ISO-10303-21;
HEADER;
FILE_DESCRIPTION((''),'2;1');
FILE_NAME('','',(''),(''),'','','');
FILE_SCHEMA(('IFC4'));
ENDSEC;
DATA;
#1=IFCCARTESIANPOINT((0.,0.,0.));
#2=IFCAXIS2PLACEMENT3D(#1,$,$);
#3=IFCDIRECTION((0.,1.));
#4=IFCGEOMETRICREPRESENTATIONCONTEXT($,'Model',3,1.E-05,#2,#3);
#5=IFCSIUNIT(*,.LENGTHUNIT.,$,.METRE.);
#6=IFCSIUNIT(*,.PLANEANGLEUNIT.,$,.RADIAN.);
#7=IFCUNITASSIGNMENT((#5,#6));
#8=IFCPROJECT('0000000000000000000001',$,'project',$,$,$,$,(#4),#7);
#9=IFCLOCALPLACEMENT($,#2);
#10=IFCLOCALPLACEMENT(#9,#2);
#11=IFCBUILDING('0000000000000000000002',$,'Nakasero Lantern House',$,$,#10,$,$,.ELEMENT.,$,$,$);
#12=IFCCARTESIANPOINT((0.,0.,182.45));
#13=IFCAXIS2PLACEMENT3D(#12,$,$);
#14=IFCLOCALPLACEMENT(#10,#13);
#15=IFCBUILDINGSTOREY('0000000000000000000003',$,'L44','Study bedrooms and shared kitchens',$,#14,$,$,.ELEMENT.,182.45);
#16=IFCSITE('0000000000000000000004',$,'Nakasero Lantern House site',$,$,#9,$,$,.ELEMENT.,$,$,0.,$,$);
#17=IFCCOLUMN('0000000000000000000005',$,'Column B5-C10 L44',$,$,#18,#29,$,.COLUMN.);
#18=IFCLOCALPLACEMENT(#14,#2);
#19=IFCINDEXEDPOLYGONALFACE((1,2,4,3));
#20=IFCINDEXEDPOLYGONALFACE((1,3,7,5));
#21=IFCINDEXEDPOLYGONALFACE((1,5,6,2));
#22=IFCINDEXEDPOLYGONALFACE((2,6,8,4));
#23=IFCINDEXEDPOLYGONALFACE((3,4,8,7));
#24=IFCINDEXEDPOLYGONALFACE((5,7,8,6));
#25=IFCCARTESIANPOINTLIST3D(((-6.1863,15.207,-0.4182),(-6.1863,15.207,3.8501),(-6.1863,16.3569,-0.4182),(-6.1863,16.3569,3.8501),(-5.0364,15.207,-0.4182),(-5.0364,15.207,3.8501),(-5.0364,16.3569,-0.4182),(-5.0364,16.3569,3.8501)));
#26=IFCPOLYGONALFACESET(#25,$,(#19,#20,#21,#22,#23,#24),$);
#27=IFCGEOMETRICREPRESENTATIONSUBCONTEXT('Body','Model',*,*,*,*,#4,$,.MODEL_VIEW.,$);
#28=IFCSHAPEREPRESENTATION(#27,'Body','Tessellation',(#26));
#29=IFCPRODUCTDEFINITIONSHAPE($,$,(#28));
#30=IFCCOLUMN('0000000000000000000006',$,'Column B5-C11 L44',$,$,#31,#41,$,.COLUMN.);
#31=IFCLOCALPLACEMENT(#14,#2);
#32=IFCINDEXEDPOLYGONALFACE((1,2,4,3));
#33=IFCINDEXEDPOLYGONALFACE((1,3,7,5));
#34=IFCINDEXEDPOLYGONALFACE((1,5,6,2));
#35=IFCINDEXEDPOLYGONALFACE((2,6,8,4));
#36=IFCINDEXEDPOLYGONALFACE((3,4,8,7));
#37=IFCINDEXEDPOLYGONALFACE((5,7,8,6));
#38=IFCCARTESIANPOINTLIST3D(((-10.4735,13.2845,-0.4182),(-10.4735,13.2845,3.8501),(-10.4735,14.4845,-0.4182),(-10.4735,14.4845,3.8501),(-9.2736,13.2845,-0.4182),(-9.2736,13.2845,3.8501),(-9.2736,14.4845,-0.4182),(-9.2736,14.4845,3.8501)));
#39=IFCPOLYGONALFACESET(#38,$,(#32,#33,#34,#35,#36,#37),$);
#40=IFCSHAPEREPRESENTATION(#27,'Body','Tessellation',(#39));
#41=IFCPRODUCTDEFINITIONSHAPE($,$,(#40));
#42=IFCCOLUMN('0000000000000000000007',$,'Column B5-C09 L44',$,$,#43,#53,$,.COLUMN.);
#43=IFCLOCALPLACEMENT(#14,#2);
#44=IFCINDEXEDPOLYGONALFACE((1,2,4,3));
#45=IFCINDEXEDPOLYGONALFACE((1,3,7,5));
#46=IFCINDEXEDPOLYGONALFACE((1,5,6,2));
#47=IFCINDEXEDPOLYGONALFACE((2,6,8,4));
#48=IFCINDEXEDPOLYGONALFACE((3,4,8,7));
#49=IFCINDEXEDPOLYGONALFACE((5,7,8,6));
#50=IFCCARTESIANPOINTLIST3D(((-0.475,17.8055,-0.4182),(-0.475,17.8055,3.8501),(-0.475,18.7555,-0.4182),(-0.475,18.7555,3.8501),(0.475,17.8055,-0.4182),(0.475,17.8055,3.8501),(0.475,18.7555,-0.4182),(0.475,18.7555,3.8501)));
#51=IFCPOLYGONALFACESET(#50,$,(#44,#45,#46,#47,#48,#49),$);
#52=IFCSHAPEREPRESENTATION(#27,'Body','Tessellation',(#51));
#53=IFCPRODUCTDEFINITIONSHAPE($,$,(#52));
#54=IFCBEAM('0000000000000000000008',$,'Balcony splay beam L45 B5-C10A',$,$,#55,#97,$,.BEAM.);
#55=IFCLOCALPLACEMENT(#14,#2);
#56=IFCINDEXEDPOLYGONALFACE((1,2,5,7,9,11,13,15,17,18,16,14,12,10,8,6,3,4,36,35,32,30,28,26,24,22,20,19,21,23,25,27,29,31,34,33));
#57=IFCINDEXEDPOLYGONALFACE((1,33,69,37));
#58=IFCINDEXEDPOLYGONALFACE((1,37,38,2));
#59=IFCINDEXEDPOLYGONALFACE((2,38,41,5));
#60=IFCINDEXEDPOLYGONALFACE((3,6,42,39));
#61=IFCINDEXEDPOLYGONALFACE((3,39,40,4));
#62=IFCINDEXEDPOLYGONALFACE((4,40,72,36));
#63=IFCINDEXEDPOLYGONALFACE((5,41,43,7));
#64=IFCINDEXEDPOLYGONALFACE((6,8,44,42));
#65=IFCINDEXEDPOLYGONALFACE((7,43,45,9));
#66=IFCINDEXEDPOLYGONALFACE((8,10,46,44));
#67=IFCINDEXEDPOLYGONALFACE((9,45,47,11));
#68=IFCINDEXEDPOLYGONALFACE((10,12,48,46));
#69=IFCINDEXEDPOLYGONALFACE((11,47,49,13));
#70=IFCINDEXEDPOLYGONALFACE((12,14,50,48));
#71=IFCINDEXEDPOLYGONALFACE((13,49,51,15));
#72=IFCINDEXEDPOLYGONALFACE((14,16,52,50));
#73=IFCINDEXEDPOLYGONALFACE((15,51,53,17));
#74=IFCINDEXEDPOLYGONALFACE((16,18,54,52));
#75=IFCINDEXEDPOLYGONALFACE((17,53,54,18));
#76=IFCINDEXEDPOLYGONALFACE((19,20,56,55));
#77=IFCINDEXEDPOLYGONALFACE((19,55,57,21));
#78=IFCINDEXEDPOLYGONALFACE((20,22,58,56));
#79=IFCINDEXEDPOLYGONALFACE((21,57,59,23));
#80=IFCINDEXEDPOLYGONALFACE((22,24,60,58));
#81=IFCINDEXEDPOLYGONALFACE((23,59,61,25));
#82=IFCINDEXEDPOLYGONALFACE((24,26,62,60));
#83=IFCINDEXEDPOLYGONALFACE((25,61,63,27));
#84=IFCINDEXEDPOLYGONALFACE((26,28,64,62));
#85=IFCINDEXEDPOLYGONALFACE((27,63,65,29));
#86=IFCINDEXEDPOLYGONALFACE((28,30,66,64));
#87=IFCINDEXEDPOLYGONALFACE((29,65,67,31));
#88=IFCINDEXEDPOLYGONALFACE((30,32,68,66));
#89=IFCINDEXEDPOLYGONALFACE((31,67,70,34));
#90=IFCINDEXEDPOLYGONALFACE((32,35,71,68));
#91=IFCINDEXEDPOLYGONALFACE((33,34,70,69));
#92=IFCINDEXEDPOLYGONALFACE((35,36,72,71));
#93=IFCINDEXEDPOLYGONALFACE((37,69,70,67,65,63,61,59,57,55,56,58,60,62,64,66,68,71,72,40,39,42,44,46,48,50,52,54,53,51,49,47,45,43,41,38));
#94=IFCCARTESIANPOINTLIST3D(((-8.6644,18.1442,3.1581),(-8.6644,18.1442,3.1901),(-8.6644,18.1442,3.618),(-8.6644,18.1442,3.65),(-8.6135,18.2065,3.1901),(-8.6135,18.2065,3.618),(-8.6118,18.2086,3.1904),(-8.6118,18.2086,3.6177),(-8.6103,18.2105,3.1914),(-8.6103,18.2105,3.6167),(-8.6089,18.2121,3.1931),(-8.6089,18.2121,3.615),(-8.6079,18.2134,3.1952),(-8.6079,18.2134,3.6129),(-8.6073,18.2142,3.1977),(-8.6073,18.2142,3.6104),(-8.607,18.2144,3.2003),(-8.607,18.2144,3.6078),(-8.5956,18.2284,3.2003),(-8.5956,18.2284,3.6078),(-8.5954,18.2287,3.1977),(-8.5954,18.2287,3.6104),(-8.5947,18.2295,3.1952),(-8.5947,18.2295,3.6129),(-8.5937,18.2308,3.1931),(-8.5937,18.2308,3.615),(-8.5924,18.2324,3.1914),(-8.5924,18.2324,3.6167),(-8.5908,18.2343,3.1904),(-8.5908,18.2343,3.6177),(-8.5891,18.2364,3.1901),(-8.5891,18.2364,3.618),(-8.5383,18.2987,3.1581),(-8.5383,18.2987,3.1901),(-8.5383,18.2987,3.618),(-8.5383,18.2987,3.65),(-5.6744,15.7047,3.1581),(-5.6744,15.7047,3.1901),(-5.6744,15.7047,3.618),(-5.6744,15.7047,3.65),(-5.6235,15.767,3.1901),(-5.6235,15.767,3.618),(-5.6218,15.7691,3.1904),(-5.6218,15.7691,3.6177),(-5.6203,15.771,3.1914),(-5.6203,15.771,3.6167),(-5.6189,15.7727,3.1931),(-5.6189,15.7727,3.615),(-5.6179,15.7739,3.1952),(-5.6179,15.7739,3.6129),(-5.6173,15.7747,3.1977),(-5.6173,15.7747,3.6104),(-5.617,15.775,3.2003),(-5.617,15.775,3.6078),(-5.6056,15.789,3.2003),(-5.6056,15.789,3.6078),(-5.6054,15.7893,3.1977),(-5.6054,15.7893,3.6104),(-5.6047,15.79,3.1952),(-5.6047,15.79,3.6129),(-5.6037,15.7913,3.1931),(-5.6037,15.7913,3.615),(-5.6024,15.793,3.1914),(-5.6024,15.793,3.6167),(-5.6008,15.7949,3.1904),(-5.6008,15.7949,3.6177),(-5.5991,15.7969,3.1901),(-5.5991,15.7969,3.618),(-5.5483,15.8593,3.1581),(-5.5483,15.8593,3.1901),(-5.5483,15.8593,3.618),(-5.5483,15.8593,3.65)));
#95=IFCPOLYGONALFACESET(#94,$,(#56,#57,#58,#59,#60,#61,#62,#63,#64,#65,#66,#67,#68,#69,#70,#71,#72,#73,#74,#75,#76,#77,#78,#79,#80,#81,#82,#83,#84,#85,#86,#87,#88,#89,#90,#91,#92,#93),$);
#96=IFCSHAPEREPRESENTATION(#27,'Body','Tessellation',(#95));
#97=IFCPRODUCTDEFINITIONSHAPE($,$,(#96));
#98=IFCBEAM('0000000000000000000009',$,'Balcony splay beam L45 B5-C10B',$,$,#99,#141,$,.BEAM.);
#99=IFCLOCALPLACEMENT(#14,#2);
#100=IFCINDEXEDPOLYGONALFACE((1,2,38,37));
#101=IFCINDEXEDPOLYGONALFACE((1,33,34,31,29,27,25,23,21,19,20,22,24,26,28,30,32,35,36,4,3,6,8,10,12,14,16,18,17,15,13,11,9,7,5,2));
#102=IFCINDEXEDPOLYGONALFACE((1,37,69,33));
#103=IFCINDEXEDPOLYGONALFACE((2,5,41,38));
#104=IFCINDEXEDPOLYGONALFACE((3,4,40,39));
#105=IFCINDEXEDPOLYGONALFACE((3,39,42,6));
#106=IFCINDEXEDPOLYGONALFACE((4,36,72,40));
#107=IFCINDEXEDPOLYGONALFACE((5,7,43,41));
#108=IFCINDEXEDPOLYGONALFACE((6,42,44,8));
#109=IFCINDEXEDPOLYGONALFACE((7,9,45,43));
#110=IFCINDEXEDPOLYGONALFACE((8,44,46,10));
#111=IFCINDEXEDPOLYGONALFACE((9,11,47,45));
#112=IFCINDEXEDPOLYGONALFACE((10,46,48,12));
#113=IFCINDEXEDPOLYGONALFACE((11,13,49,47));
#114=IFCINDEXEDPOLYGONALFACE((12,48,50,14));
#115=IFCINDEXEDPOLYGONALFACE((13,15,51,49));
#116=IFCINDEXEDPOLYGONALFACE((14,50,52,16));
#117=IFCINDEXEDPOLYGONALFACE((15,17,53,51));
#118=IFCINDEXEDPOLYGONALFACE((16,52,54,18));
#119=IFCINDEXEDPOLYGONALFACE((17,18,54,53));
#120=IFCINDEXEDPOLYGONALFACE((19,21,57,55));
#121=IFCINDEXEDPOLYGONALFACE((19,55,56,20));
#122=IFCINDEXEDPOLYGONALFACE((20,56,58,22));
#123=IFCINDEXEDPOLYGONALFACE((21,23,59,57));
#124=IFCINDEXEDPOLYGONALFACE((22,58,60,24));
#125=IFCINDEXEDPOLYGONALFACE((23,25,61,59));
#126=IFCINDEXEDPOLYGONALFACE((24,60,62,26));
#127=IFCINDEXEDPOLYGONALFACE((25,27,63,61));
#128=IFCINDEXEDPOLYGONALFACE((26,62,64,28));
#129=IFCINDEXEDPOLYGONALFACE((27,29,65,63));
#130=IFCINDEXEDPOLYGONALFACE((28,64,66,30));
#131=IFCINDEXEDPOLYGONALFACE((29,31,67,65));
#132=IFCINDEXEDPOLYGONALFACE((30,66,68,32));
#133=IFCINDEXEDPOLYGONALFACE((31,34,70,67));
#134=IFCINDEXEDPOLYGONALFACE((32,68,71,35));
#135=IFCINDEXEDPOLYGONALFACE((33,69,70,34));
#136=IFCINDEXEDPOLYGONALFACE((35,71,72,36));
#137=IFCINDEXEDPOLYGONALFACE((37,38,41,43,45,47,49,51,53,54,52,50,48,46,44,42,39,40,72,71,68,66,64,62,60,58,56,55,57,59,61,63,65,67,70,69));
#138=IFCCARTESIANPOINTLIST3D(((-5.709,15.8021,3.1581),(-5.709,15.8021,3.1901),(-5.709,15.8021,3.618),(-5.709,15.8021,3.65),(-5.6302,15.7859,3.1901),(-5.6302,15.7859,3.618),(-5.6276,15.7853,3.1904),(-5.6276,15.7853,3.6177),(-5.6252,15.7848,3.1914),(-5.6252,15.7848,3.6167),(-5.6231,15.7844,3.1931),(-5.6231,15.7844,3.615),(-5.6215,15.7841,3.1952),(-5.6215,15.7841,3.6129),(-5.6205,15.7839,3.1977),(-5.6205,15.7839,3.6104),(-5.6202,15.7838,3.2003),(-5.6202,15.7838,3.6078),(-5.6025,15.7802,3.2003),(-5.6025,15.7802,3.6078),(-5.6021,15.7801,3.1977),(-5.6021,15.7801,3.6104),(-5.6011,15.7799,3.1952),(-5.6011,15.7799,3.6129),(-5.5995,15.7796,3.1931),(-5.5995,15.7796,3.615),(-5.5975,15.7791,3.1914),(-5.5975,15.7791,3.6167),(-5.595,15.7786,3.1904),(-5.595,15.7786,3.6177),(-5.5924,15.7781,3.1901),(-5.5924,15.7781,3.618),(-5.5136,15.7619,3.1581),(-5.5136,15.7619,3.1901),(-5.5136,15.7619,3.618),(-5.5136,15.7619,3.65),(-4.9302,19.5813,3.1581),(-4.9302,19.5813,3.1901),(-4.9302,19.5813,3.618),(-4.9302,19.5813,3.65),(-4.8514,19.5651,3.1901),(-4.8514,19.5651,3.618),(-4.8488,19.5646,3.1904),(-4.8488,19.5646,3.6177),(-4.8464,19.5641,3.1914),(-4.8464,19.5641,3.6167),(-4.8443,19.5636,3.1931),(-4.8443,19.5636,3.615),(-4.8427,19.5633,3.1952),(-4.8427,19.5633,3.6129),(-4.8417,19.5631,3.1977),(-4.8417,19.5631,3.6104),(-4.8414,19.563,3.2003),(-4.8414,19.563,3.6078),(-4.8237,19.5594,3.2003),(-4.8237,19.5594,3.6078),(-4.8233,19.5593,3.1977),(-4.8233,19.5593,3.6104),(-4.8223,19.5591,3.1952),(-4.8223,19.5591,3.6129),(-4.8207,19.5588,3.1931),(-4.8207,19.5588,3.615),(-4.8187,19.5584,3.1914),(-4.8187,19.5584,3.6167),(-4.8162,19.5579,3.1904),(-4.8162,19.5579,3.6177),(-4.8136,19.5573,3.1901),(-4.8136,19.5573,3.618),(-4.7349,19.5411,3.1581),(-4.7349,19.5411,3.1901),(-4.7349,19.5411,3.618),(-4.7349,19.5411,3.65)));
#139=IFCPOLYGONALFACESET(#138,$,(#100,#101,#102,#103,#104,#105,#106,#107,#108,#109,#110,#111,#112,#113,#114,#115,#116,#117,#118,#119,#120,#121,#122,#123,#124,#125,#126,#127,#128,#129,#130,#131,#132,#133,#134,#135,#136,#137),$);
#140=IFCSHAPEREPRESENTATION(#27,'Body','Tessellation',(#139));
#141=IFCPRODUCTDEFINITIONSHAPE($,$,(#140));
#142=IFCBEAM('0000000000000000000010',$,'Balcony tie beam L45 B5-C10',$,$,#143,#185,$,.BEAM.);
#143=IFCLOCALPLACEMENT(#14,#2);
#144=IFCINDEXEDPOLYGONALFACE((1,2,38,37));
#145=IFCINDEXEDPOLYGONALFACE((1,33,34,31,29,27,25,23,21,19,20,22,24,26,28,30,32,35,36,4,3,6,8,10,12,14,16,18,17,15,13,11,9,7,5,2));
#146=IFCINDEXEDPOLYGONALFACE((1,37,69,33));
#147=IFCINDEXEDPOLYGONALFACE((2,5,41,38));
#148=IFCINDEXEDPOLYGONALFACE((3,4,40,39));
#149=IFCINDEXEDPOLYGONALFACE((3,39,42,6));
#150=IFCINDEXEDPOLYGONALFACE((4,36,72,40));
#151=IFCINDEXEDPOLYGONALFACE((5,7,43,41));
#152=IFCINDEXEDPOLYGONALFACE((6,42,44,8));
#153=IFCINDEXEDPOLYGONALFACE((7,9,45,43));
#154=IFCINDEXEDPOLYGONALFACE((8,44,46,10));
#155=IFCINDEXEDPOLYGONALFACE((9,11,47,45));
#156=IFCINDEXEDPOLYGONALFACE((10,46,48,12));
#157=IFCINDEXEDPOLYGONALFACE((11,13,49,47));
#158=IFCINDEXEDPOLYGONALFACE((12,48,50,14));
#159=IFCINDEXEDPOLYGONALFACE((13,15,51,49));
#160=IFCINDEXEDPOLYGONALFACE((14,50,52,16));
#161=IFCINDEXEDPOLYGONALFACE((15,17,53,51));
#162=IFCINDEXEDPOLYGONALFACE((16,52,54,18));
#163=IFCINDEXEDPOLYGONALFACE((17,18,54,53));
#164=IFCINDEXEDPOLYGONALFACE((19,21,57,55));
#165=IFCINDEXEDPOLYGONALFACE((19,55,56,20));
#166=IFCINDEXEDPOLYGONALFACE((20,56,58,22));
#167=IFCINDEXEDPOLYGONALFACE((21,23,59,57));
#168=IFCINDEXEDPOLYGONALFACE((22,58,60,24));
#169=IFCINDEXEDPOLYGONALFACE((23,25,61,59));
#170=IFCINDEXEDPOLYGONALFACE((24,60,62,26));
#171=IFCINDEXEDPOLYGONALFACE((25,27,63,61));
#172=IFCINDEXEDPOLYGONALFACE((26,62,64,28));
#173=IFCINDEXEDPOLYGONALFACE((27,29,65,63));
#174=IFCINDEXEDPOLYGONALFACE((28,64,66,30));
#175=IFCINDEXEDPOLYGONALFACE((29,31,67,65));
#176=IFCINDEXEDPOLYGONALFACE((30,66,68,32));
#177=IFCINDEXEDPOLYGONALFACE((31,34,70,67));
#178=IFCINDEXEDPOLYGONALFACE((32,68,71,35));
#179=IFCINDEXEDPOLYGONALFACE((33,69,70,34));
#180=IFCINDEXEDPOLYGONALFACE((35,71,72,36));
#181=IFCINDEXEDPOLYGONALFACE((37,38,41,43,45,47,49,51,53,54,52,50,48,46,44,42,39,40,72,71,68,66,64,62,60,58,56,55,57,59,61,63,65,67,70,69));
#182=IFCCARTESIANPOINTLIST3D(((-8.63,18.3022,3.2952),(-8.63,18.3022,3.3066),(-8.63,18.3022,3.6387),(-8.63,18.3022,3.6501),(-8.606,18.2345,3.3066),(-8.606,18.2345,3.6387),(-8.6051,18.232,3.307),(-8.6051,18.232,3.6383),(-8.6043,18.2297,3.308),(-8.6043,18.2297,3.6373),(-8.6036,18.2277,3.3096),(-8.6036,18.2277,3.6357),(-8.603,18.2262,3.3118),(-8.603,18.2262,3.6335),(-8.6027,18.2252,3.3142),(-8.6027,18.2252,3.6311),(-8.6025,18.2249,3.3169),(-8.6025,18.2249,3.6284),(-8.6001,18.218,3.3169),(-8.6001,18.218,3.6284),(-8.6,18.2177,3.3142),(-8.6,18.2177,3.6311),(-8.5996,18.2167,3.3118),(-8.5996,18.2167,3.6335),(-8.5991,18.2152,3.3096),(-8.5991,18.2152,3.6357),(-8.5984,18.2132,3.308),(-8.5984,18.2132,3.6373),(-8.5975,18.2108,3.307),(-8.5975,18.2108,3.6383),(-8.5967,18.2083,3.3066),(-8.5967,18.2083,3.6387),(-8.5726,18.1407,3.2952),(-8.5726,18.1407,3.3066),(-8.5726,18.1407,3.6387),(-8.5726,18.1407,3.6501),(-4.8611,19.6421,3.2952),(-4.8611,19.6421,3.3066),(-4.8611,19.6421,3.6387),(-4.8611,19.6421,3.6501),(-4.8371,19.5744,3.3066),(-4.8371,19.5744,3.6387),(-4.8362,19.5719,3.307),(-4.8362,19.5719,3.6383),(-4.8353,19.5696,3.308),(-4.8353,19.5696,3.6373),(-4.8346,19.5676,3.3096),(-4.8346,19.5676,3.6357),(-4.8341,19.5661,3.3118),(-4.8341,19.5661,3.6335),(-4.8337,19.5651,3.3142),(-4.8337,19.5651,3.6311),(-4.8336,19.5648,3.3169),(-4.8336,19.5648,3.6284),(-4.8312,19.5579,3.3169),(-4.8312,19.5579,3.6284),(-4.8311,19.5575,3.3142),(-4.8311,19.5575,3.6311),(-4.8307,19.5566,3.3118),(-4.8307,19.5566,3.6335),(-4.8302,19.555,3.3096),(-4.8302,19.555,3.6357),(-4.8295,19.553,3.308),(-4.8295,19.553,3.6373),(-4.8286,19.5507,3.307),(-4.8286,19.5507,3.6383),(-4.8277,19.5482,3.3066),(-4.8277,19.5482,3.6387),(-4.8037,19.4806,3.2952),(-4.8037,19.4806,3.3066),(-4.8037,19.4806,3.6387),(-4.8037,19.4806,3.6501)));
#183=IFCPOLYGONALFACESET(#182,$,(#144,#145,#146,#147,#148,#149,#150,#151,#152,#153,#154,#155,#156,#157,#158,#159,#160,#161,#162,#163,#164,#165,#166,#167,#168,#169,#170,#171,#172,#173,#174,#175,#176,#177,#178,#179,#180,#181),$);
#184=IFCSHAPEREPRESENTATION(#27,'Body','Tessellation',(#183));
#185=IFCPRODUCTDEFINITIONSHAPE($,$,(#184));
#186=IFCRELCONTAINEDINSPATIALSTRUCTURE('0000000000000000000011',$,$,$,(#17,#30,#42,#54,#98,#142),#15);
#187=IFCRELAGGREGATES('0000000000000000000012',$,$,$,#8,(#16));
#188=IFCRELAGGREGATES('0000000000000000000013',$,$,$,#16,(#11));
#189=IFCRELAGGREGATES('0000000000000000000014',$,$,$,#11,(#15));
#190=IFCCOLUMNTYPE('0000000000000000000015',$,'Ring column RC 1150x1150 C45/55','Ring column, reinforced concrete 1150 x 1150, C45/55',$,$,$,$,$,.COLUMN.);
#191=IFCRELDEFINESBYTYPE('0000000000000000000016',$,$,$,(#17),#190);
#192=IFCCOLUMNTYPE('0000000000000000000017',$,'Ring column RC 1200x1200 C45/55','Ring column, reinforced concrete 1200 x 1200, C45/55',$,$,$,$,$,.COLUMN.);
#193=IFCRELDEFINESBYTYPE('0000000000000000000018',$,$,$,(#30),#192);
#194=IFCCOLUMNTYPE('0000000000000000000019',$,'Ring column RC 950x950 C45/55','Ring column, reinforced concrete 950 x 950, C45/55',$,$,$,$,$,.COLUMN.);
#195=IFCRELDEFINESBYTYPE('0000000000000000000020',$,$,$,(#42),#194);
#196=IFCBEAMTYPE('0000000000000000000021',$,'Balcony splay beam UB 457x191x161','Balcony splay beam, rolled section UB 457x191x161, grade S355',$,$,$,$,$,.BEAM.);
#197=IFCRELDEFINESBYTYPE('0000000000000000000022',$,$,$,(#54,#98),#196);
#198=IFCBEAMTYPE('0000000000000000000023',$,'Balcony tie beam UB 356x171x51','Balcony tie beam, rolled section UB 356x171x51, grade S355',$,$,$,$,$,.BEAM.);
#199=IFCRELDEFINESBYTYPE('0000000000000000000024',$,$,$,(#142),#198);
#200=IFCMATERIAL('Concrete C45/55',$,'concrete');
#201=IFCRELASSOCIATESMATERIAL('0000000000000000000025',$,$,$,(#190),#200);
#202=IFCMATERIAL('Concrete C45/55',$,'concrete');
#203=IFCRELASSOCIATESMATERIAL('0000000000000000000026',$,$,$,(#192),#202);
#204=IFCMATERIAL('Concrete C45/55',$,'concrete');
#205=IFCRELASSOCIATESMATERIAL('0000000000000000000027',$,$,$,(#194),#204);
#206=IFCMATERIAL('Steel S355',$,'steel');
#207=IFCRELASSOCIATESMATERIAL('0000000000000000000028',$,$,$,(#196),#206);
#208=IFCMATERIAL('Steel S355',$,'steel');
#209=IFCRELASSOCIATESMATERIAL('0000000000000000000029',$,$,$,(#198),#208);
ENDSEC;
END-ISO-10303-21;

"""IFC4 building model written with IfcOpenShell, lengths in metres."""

from ifc_helpers import new_model, si_unit, direction, frame, origin, origin_2d, place, context, subcontext, project, spatial, rectangle, i_section, extrude, material, material_profile, profile_set, type_object, element, save


model = new_model("IFC4")

# Units and contexts
model_context = context("Model", 3, precision=1e-05, world=origin(), true_north=direction((0.0, 1.0)))
body_context = subcontext(model_context, "Body", "Model", "MODEL_VIEW")
ifc_project = project(units=[si_unit("LENGTHUNIT", "METRE"), si_unit("PLANEANGLEUNIT", "RADIAN")], contexts=[model_context])

# Site, building, storey
site_placement = place(None, origin())
site = spatial("IfcSite", under=ifc_project, at=site_placement, Name="Nakasero Lantern House site", CompositionType="ELEMENT", RefElevation=0.0)
building_placement = place(site_placement, origin())
building = spatial("IfcBuilding", under=site, at=building_placement, Name="Nakasero Lantern House", CompositionType="ELEMENT")
storey_placement = place(building_placement, frame((0.0, 0.0, 182.45)))
storey = spatial("IfcBuildingStorey", under=building, at=storey_placement, Name="L44", Description="Study bedrooms and shared kitchens", CompositionType="ELEMENT", Elevation=182.45)

# Columns
ifc_material_1 = material(Name="Concrete C45/55", Category="concrete")
ifc_material_profile_1 = material_profile(ifc_material_1, rectangle(XDim=1.1499, YDim=1.1499, at=origin_2d()), Name="RC 1150x1150")
ifc_profile_set_1 = profile_set([ifc_material_profile_1], Name="Concrete C45/55")
column_type_1 = type_object("IfcColumnType", Name="Ring column RC 1150x1150 C45/55", Description="Ring column, reinforced concrete 1150 x 1150, C45/55", PredefinedType="COLUMN", material=ifc_profile_set_1)
column_1_placement = place(storey_placement, frame((-5.6113, 15.782, -0.4182), z_axis=(0.0, 0.0, 1.0), x_axis=(1.0, 0.0, 0.0)))
element("IfcColumn", 1, at=column_1_placement, inside=storey, type_object=column_type_1, Name="Column B5-C10 L44", PredefinedType="COLUMN", context=body_context, shape_type="SweptSolid", body=[
    extrude(rectangle(XDim=1.1499, YDim=1.1499, at=origin_2d()), origin(), (0.0, 0.0, 1.0), 4.2683),
])
ifc_material_2 = material(Name="Concrete C45/55", Category="concrete")
ifc_material_profile_2 = material_profile(ifc_material_2, rectangle(XDim=1.2, YDim=1.2, at=origin_2d()), Name="RC 1200x1200")
ifc_profile_set_2 = profile_set([ifc_material_profile_2], Name="Concrete C45/55")
column_type_2 = type_object("IfcColumnType", Name="Ring column RC 1200x1200 C45/55", Description="Ring column, reinforced concrete 1200 x 1200, C45/55", PredefinedType="COLUMN", material=ifc_profile_set_2)
column_2_placement = place(storey_placement, frame((-9.8735, 13.8845, -0.4182), z_axis=(0.0, 0.0, 1.0), x_axis=(1.0, 0.0, 0.0)))
element("IfcColumn", 2, at=column_2_placement, inside=storey, type_object=column_type_2, Name="Column B5-C11 L44", PredefinedType="COLUMN", context=body_context, shape_type="SweptSolid", body=[
    extrude(rectangle(XDim=1.2, YDim=1.2, at=origin_2d()), origin(), (0.0, 0.0, 1.0), 4.2683),
])
ifc_material_3 = material(Name="Concrete C45/55", Category="concrete")
ifc_material_profile_3 = material_profile(ifc_material_3, rectangle(XDim=0.95, YDim=0.95, at=origin_2d()), Name="RC 950x950")
ifc_profile_set_3 = profile_set([ifc_material_profile_3], Name="Concrete C45/55")
column_type_3 = type_object("IfcColumnType", Name="Ring column RC 950x950 C45/55", Description="Ring column, reinforced concrete 950 x 950, C45/55", PredefinedType="COLUMN", material=ifc_profile_set_3)
column_3_placement = place(storey_placement, frame((0.0, 18.2805, -0.4182), z_axis=(0.0, 0.0, 1.0), x_axis=(1.0, 0.0, 0.0)))
element("IfcColumn", 3, at=column_3_placement, inside=storey, type_object=column_type_3, Name="Column B5-C09 L44", PredefinedType="COLUMN", context=body_context, shape_type="SweptSolid", body=[
    extrude(rectangle(XDim=0.95, YDim=0.95, at=origin_2d()), origin(), (0.0, 0.0, 1.0), 4.2683),
])

# Beams
ifc_material_4 = material(Name="Steel S355", Category="steel")
ifc_material_profile_4 = material_profile(ifc_material_4, i_section(OverallWidth=0.1995, OverallDepth=0.4919, WebThickness=0.0181, FlangeThickness=0.032, FilletRadius=0.0103, at=origin_2d()), Name="UB 457x191x161")
ifc_profile_set_4 = profile_set([ifc_material_profile_4], Name="Steel S355")
beam_type_1 = type_object("IfcBeamType", Name="Balcony splay beam UB 457x191x161", Description="Balcony splay beam, rolled section UB 457x191x161, grade S355", PredefinedType="BEAM", material=ifc_profile_set_4)
beam_1_placement = place(storey_placement, frame((-5.6113, 15.782, 3.4041), z_axis=(-0.774833, 0.632166, 0.0), x_axis=(-0.632166, -0.774833, 0.0)))
element("IfcBeam", 4, at=beam_1_placement, inside=storey, type_object=beam_type_1, Name="Balcony splay beam L45 B5-C10A", PredefinedType="BEAM", context=body_context, shape_type="SweptSolid", body=[
    extrude(i_section(OverallWidth=0.1995, OverallDepth=0.4919, WebThickness=0.0181, FlangeThickness=0.032, FilletRadius=0.0103, at=origin_2d()), origin(), (0.0, 0.0, 1.0), 3.8589),
])
beam_2_placement = place(storey_placement, frame((-5.6113, 15.782, 3.4041), z_axis=(0.201831, 0.97942, 0.0), x_axis=(-0.97942, 0.201831, 0.0)))
element("IfcBeam", 5, at=beam_2_placement, inside=storey, type_object=beam_type_1, Name="Balcony splay beam L45 B5-C10B", PredefinedType="BEAM", context=body_context, shape_type="SweptSolid", body=[
    extrude(i_section(OverallWidth=0.1995, OverallDepth=0.4919, WebThickness=0.0181, FlangeThickness=0.032, FilletRadius=0.0103, at=origin_2d()), origin(), (0.0, 0.0, 1.0), 3.8586),
])
ifc_material_5 = material(Name="Steel S355", Category="steel")
ifc_material_profile_5 = material_profile(ifc_material_5, i_section(OverallWidth=0.1714, OverallDepth=0.355, WebThickness=0.0073, FlangeThickness=0.0115, FilletRadius=0.0103, at=origin_2d()), Name="UB 356x171x51")
ifc_profile_set_5 = profile_set([ifc_material_profile_5], Name="Steel S355")
beam_type_2 = type_object("IfcBeamType", Name="Balcony tie beam UB 356x171x51", Description="Balcony tie beam, rolled section UB 356x171x51, grade S355", PredefinedType="BEAM", material=ifc_profile_set_5)
beam_3_placement = place(storey_placement, frame((-8.6013, 18.2214, 3.4727), z_axis=(0.942228, 0.334971, 0.0), x_axis=(-0.334971, 0.942228, 0.0)))
element("IfcBeam", 6, at=beam_3_placement, inside=storey, type_object=beam_type_2, Name="Balcony tie beam L45 B5-C10", PredefinedType="BEAM", context=body_context, shape_type="SweptSolid", body=[
    extrude(i_section(OverallWidth=0.1714, OverallDepth=0.355, WebThickness=0.0073, FlangeThickness=0.0115, FilletRadius=0.0103, at=origin_2d()), origin(), (0.0, 0.0, 1.0), 4.0),
])

save(model, "model.ifc")
